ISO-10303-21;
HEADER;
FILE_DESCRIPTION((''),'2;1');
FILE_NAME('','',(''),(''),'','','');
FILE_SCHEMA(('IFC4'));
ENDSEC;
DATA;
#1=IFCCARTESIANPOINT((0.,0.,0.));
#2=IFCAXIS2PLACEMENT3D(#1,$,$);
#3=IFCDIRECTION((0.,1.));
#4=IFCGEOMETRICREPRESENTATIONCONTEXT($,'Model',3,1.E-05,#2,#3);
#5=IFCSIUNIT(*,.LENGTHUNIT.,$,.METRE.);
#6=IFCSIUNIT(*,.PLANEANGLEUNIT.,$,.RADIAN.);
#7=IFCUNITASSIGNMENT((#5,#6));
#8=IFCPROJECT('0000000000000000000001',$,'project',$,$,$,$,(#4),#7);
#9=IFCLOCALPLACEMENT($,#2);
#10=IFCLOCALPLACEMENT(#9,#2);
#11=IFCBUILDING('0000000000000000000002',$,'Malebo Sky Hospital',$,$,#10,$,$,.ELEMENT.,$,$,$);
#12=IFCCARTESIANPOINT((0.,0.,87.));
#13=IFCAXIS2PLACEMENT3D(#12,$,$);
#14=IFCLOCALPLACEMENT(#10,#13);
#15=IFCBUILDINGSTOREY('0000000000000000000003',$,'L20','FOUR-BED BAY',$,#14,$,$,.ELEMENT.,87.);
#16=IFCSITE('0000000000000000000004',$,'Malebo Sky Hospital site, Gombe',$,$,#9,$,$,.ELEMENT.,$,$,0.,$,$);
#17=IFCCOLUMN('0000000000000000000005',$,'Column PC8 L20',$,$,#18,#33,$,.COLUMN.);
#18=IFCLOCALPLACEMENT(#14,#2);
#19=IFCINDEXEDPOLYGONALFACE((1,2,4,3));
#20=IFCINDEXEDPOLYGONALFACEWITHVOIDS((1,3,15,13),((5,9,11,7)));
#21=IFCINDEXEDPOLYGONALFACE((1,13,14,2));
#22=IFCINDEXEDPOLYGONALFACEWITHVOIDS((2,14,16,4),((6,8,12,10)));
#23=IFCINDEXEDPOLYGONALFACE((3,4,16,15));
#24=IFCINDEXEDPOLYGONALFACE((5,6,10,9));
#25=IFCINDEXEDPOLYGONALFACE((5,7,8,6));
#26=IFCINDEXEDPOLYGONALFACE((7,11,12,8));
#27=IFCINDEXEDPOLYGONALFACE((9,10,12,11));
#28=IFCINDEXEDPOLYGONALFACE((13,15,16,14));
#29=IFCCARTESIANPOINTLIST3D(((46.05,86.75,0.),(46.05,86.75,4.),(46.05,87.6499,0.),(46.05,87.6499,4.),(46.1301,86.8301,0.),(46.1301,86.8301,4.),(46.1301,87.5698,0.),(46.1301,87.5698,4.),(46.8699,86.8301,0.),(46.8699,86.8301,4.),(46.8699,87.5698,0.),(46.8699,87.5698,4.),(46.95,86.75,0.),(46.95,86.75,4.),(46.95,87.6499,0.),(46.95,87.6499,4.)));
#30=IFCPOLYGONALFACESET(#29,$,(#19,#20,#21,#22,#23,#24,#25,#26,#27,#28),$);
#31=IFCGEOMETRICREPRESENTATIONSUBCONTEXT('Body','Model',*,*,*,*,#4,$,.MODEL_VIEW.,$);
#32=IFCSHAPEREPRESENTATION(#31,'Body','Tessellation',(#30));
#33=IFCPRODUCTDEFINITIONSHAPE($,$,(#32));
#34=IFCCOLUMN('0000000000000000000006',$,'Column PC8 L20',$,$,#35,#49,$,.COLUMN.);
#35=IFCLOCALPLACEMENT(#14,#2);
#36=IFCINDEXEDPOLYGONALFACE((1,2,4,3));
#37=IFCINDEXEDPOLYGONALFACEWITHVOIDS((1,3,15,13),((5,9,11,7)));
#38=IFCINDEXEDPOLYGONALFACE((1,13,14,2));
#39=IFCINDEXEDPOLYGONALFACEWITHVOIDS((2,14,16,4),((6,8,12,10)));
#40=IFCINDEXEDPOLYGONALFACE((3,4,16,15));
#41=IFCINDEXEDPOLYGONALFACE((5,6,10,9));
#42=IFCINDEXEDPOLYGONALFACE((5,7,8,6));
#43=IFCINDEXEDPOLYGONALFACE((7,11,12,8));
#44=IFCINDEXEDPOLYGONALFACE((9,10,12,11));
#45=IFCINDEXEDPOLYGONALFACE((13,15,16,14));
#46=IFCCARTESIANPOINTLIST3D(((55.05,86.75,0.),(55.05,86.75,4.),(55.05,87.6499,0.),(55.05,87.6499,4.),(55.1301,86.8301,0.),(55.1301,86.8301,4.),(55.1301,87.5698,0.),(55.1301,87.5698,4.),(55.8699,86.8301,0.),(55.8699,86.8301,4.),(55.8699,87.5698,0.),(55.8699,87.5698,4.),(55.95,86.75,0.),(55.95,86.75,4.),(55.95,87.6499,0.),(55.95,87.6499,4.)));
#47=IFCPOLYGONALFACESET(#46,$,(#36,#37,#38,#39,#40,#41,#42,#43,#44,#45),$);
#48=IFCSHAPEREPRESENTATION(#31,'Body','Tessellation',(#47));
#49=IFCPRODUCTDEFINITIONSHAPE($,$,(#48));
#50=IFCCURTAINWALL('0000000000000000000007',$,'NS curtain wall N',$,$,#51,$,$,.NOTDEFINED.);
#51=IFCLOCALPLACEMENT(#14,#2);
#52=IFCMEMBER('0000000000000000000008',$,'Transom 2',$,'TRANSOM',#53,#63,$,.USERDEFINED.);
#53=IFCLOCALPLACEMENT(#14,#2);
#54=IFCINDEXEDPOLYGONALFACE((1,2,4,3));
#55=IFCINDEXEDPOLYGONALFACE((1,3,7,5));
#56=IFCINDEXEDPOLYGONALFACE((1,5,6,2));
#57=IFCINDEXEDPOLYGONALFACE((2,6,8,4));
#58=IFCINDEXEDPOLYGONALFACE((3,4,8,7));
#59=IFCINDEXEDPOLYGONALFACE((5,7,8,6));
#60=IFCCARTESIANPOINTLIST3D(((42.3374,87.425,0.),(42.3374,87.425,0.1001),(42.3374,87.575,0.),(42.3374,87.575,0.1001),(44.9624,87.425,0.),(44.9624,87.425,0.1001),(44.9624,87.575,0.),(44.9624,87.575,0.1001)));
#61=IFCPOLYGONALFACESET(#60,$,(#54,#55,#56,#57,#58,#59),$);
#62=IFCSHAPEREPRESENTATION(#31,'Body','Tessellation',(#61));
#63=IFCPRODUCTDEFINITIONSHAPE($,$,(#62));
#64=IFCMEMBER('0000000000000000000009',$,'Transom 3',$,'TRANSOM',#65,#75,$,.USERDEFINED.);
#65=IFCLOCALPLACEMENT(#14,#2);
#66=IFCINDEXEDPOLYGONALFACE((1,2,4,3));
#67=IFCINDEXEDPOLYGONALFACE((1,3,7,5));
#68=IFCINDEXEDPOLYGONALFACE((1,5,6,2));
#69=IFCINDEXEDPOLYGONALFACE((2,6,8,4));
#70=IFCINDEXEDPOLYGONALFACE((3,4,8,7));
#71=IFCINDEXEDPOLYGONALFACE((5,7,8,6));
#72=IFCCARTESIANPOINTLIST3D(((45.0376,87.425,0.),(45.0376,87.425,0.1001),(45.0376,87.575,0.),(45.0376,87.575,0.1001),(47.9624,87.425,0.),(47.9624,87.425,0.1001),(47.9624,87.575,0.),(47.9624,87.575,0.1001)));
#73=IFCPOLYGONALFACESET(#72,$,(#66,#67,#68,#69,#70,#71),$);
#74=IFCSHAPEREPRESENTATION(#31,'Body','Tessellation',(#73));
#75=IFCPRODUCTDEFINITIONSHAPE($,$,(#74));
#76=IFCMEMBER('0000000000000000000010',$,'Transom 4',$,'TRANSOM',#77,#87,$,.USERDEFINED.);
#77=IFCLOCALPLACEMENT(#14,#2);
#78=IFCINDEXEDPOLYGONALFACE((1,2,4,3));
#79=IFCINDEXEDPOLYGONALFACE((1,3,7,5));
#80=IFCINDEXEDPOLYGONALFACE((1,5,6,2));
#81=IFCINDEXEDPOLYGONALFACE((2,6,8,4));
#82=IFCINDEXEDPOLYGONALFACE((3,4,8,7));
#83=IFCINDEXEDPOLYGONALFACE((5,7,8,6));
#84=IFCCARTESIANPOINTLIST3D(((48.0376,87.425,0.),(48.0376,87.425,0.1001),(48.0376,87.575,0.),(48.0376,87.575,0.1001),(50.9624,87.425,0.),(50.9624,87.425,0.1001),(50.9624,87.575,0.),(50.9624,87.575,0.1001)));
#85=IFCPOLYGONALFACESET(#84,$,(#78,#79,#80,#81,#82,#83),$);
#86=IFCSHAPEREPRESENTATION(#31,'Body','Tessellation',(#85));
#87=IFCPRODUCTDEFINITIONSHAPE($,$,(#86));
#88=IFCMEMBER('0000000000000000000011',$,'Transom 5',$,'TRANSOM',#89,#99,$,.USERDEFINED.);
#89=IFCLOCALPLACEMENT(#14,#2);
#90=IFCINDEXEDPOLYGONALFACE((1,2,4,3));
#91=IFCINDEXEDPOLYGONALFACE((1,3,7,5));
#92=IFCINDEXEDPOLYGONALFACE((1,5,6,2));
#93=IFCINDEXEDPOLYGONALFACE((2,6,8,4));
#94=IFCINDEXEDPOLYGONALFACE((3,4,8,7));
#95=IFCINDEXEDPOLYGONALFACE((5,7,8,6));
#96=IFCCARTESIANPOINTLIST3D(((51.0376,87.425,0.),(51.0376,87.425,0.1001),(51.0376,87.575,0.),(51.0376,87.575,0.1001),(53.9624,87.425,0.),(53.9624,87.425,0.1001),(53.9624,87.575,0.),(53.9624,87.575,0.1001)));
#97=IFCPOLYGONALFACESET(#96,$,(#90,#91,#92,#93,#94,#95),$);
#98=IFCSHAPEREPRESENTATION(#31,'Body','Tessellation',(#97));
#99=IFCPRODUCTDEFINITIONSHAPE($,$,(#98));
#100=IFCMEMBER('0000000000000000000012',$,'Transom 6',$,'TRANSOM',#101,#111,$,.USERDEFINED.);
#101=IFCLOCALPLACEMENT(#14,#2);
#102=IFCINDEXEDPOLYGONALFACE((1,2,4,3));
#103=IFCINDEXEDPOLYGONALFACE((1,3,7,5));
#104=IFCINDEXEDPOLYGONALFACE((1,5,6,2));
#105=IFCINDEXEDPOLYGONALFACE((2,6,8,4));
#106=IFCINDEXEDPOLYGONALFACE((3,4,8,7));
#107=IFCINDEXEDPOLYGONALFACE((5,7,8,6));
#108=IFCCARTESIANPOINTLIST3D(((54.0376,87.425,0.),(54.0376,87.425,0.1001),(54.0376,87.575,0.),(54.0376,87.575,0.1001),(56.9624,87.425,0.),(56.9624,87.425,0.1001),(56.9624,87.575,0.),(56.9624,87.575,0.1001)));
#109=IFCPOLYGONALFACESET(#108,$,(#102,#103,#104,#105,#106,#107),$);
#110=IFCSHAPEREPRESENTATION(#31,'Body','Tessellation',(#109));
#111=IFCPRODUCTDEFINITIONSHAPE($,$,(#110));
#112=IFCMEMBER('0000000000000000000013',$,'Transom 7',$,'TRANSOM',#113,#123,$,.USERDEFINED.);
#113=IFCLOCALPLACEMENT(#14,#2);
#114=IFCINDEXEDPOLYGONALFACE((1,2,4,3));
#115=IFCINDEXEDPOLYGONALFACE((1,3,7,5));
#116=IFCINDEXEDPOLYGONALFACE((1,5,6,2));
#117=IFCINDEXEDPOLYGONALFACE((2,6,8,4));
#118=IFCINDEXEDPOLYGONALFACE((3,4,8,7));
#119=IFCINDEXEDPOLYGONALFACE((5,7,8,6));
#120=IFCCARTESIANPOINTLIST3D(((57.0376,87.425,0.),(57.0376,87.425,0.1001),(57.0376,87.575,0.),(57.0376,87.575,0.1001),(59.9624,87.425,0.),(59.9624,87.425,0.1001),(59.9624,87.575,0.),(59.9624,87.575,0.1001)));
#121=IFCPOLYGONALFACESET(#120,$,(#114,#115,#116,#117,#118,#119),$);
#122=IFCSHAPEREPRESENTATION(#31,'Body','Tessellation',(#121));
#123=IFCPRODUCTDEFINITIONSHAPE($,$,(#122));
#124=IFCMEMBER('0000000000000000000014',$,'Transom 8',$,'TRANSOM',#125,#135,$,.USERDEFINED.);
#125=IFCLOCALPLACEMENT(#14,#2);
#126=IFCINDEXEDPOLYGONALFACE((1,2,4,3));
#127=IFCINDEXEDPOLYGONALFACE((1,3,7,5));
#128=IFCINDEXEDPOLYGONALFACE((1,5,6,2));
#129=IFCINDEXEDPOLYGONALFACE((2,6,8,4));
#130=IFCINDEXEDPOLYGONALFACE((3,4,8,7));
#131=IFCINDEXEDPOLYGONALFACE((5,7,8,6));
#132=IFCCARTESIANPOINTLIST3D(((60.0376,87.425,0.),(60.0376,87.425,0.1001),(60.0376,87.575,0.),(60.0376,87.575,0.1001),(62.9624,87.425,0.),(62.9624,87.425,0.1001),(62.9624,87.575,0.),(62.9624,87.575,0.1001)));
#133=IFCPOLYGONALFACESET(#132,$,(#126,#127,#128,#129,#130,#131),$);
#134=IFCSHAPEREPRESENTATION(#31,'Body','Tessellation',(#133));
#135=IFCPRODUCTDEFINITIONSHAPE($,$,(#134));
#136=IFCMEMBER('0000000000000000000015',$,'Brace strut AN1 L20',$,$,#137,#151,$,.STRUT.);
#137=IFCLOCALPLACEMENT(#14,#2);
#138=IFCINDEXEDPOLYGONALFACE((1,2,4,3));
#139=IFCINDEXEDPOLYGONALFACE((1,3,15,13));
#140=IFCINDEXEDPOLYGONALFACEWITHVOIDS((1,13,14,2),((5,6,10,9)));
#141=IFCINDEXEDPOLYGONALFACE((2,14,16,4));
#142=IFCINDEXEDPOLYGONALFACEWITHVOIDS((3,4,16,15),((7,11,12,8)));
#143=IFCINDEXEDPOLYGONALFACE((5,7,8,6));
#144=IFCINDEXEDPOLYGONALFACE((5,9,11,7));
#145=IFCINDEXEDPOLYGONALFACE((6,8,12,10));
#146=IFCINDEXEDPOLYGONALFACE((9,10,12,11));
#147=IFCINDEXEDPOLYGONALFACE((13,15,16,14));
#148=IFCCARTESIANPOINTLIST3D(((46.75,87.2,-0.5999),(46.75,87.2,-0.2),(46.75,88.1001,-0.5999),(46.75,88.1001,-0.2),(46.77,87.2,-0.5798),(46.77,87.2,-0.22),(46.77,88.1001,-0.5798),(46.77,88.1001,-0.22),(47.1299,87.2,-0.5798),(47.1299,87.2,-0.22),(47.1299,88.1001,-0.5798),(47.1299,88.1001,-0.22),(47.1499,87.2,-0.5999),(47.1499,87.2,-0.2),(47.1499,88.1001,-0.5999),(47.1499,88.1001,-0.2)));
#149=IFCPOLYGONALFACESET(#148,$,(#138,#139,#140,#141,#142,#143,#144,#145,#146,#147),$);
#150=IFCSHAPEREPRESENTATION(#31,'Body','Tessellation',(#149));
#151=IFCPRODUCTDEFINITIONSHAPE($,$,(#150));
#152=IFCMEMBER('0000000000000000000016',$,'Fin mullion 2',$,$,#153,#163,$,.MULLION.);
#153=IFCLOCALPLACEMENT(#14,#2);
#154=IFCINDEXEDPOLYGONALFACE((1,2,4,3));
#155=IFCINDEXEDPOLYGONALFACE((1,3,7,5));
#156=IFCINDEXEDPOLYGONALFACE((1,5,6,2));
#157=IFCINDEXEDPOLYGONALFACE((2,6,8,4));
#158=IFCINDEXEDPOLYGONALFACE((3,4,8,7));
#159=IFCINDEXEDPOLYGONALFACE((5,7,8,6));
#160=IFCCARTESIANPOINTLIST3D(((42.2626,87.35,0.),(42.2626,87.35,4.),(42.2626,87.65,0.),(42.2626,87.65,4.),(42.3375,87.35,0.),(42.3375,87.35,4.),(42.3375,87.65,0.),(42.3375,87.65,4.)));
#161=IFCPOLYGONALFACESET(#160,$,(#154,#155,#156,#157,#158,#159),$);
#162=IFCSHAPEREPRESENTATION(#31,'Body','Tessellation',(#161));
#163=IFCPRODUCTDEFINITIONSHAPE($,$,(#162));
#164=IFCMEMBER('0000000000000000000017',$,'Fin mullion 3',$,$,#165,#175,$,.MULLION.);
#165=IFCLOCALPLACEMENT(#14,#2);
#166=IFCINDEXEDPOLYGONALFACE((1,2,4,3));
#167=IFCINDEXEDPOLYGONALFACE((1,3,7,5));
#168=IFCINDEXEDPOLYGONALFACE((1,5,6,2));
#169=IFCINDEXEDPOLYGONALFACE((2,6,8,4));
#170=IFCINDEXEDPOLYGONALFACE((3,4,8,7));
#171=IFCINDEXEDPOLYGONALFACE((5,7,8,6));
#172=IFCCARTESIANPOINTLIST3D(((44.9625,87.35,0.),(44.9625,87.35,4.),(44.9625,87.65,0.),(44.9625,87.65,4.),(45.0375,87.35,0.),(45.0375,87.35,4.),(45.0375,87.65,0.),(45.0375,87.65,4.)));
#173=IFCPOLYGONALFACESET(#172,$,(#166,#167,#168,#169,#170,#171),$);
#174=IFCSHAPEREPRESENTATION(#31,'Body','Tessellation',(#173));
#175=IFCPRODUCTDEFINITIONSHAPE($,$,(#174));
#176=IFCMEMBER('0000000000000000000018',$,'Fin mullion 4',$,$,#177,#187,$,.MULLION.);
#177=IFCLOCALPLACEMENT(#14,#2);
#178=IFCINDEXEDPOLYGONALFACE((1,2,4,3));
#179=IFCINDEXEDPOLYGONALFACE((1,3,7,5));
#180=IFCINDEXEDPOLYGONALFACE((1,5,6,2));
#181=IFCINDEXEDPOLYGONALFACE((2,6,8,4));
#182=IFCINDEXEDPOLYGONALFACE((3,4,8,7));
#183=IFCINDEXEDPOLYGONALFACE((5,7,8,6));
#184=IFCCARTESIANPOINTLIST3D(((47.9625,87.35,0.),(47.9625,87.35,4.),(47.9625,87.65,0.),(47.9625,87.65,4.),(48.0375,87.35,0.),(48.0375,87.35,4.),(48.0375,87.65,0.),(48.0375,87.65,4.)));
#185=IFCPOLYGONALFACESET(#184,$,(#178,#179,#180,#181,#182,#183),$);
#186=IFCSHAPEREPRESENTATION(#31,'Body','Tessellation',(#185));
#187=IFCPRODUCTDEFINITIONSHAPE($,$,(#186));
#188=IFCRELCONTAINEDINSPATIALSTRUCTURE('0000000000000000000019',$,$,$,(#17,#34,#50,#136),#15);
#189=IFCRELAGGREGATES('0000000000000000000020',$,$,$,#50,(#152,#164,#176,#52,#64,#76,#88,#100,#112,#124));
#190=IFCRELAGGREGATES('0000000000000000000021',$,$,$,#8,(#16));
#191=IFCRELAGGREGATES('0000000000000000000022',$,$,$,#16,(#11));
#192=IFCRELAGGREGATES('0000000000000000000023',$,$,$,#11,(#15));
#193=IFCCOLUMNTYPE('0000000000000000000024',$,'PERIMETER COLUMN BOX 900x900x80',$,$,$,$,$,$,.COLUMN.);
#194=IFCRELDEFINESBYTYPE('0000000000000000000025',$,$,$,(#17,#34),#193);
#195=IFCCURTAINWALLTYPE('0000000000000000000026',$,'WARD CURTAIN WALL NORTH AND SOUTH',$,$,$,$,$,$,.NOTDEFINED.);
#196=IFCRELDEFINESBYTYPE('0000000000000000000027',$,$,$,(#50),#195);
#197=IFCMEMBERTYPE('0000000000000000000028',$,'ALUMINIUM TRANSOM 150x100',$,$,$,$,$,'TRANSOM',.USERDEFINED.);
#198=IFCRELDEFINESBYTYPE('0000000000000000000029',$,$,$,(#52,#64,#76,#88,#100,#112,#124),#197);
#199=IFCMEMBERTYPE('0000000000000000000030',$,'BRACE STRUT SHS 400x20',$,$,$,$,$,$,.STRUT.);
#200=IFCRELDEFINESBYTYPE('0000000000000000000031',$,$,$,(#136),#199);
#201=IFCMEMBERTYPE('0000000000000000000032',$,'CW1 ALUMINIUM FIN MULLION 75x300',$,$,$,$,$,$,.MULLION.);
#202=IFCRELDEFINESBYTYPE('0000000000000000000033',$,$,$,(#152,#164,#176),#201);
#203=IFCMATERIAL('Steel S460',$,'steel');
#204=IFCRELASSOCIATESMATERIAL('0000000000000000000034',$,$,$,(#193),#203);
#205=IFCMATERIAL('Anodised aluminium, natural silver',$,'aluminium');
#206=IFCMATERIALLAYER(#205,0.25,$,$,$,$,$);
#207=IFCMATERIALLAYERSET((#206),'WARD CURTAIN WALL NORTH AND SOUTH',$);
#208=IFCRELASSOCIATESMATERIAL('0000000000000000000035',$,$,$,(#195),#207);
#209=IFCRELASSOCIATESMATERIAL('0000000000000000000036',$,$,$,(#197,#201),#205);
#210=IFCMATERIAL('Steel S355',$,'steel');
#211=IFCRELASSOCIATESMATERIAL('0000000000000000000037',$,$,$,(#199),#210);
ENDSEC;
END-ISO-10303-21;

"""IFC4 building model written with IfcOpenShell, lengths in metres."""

from ifc_helpers import new_model, si_unit, direction, frame, origin, origin_2d, place, context, subcontext, project, spatial, rectangle, hollow_rectangle, extrude, material, layer, layer_set, material_profile, profile_set, type_object, element, aggregate, save


model = new_model("IFC4")

# Units and contexts
model_context = context("Model", 3, precision=1e-05, world=origin(), true_north=direction((0.0, 1.0)))
body_context = subcontext(model_context, "Body", "Model", "MODEL_VIEW")
ifc_project = project(units=[si_unit("LENGTHUNIT", "METRE"), si_unit("PLANEANGLEUNIT", "RADIAN")], contexts=[model_context])

# Site, building, storey
site_placement = place(None, origin())
site = spatial("IfcSite", under=ifc_project, at=site_placement, Name="Malebo Sky Hospital site, Gombe", CompositionType="ELEMENT", RefElevation=0.0)
building_placement = place(site_placement, origin())
building = spatial("IfcBuilding", under=site, at=building_placement, Name="Malebo Sky Hospital", CompositionType="ELEMENT")
storey_placement = place(building_placement, frame((0.0, 0.0, 87.0)))
storey = spatial("IfcBuildingStorey", under=building, at=storey_placement, Name="L20", Description="FOUR-BED BAY", CompositionType="ELEMENT", Elevation=87.0)

# Columns
ifc_material_1 = material(Name="Steel S460", Category="steel")
ifc_material_profile_1 = material_profile(ifc_material_1, hollow_rectangle(XDim=0.8999, YDim=0.8999, WallThickness=0.0801, at=origin_2d()), Name="BOX 900x900x80")
ifc_profile_set_1 = profile_set([ifc_material_profile_1], Name="Steel S460")
column_type = type_object("IfcColumnType", Name="PERIMETER COLUMN BOX 900x900x80", PredefinedType="COLUMN", material=ifc_profile_set_1)
for number, where, z_axis, x_axis, name in (
    (1, (46.5, 87.2, 0.0), (0.0, 0.0, 1.0), (1.0, 0.0, 0.0), "Column PC8 L20"),
    (2, (55.5, 87.2, 0.0), (0.0, 0.0, 1.0), (1.0, 0.0, 0.0), "Column PC8 L20"),
):
    element("IfcColumn", number, at=place(storey_placement, frame(where, z_axis=z_axis, x_axis=x_axis)), inside=storey, type_object=column_type, Name=name, PredefinedType="COLUMN", context=body_context, shape_type="SweptSolid", body=[
        extrude(hollow_rectangle(XDim=0.8999, YDim=0.8999, WallThickness=0.0801, at=origin_2d()), origin(), (0.0, 0.0, 1.0), 4.0),
    ])

# Curtain wall, members
ifc_material_2 = material(Name="Anodised aluminium, natural silver", Category="aluminium")
ifc_layer_1 = layer(ifc_material_2, 0.25)
ifc_layer_set_1 = layer_set([ifc_layer_1], Name="WARD CURTAIN WALL NORTH AND SOUTH")
curtain_wall_type = type_object("IfcCurtainWallType", Name="WARD CURTAIN WALL NORTH AND SOUTH", PredefinedType="NOTDEFINED", material=ifc_layer_set_1)
curtain_wall_placement = place(storey_placement, origin())
curtain_wall = element("IfcCurtainWall", 3, at=curtain_wall_placement, inside=storey, type_object=curtain_wall_type, Name="NS curtain wall N", PredefinedType="NOTDEFINED")
ifc_material_profile_2 = material_profile(ifc_material_2, rectangle(XDim=0.1499, YDim=0.1001, at=origin_2d()), Name="ALUMINIUM TRANSOM 150x100")
ifc_profile_set_2 = profile_set([ifc_material_profile_2], Name="Anodised aluminium, natural silver")
member_type_1 = type_object("IfcMemberType", Name="ALUMINIUM TRANSOM 150x100", ElementType="TRANSOM", PredefinedType="USERDEFINED", material=ifc_profile_set_2)
member_1_placement = place(storey_placement, frame((42.3374, 87.5, 0.05), z_axis=(1.0, 0.0, 0.0), x_axis=(0.0, 1.0, 0.0)))
member_1 = element("IfcMember", 4, at=member_1_placement, type_object=member_type_1, Name="Transom 2", ObjectType="TRANSOM", PredefinedType="USERDEFINED", context=body_context, shape_type="SweptSolid", body=[
    extrude(rectangle(XDim=0.1499, YDim=0.1001, at=origin_2d()), origin(), (0.0, 0.0, 1.0), 2.625),
])
member_2_placement = place(storey_placement, frame((45.0376, 87.5, 0.05), z_axis=(1.0, 0.0, 0.0), x_axis=(0.0, 1.0, 0.0)))
member_2 = element("IfcMember", 5, at=member_2_placement, type_object=member_type_1, Name="Transom 3", ObjectType="TRANSOM", PredefinedType="USERDEFINED", context=body_context, shape_type="SweptSolid", body=[
    extrude(rectangle(XDim=0.1499, YDim=0.1001, at=origin_2d()), origin(), (0.0, 0.0, 1.0), 2.9248),
])
member_3_placement = place(storey_placement, frame((48.0376, 87.5, 0.05), z_axis=(1.0, 0.0, 0.0), x_axis=(0.0, 1.0, 0.0)))
member_3 = element("IfcMember", 6, at=member_3_placement, type_object=member_type_1, Name="Transom 4", ObjectType="TRANSOM", PredefinedType="USERDEFINED", context=body_context, shape_type="SweptSolid", body=[
    extrude(rectangle(XDim=0.1499, YDim=0.1001, at=origin_2d()), origin(), (0.0, 0.0, 1.0), 2.9248),
])
member_4_placement = place(storey_placement, frame((51.0376, 87.5, 0.05), z_axis=(1.0, 0.0, 0.0), x_axis=(0.0, 1.0, 0.0)))
member_4 = element("IfcMember", 7, at=member_4_placement, type_object=member_type_1, Name="Transom 5", ObjectType="TRANSOM", PredefinedType="USERDEFINED", context=body_context, shape_type="SweptSolid", body=[
    extrude(rectangle(XDim=0.1499, YDim=0.1001, at=origin_2d()), origin(), (0.0, 0.0, 1.0), 2.9248),
])
member_5_placement = place(storey_placement, frame((54.0376, 87.5, 0.05), z_axis=(1.0, 0.0, 0.0), x_axis=(0.0, 1.0, 0.0)))
member_5 = element("IfcMember", 8, at=member_5_placement, type_object=member_type_1, Name="Transom 6", ObjectType="TRANSOM", PredefinedType="USERDEFINED", context=body_context, shape_type="SweptSolid", body=[
    extrude(rectangle(XDim=0.1499, YDim=0.1001, at=origin_2d()), origin(), (0.0, 0.0, 1.0), 2.9248),
])
member_6_placement = place(storey_placement, frame((57.0376, 87.5, 0.05), z_axis=(1.0, 0.0, 0.0), x_axis=(0.0, 1.0, 0.0)))
member_6 = element("IfcMember", 9, at=member_6_placement, type_object=member_type_1, Name="Transom 7", ObjectType="TRANSOM", PredefinedType="USERDEFINED", context=body_context, shape_type="SweptSolid", body=[
    extrude(rectangle(XDim=0.1499, YDim=0.1001, at=origin_2d()), origin(), (0.0, 0.0, 1.0), 2.9248),
])
member_7_placement = place(storey_placement, frame((60.0376, 87.5, 0.05), z_axis=(1.0, 0.0, 0.0), x_axis=(0.0, 1.0, 0.0)))
member_7 = element("IfcMember", 10, at=member_7_placement, type_object=member_type_1, Name="Transom 8", ObjectType="TRANSOM", PredefinedType="USERDEFINED", context=body_context, shape_type="SweptSolid", body=[
    extrude(rectangle(XDim=0.1499, YDim=0.1001, at=origin_2d()), origin(), (0.0, 0.0, 1.0), 2.9248),
])

# Members
ifc_material_3 = material(Name="Steel S355", Category="steel")
ifc_material_profile_3 = material_profile(ifc_material_3, hollow_rectangle(XDim=0.3999, YDim=0.3999, WallThickness=0.02, at=origin_2d()), Name="SHS 400x20")
ifc_profile_set_3 = profile_set([ifc_material_profile_3], Name="Steel S355")
member_type_2 = type_object("IfcMemberType", Name="BRACE STRUT SHS 400x20", PredefinedType="STRUT", material=ifc_profile_set_3)
member_8_placement = place(storey_placement, frame((46.95, 88.1001, -0.3999), z_axis=(0.0, -1.0, 0.0), x_axis=(1.0, 0.0, 0.0)))
element("IfcMember", 11, at=member_8_placement, inside=storey, type_object=member_type_2, Name="Brace strut AN1 L20", PredefinedType="STRUT", context=body_context, shape_type="SweptSolid", body=[
    extrude(hollow_rectangle(XDim=0.3999, YDim=0.3999, WallThickness=0.02, at=origin_2d()), origin(), (0.0, 0.0, 1.0), 0.9001),
])
ifc_material_profile_4 = material_profile(ifc_material_2, rectangle(XDim=0.075, YDim=0.3, at=origin_2d()), Name="CW1 ALUMINIUM FIN MULLION 75x300")
ifc_profile_set_4 = profile_set([ifc_material_profile_4], Name="Anodised aluminium, natural silver")
member_type_3 = type_object("IfcMemberType", Name="CW1 ALUMINIUM FIN MULLION 75x300", PredefinedType="MULLION", material=ifc_profile_set_4)
member_9_placement = place(storey_placement, frame((42.3, 87.5, 0.0), z_axis=(0.0, 0.0, 1.0), x_axis=(1.0, 0.0, 0.0)))
member_9 = element("IfcMember", 12, at=member_9_placement, type_object=member_type_3, Name="Fin mullion 2", PredefinedType="MULLION", context=body_context, shape_type="SweptSolid", body=[
    extrude(rectangle(XDim=0.075, YDim=0.3, at=origin_2d()), origin(), (0.0, 0.0, 1.0), 4.0),
])
member_10_placement = place(storey_placement, frame((45.0, 87.5, 0.0), z_axis=(0.0, 0.0, 1.0), x_axis=(1.0, 0.0, 0.0)))
member_10 = element("IfcMember", 13, at=member_10_placement, type_object=member_type_3, Name="Fin mullion 3", PredefinedType="MULLION", context=body_context, shape_type="SweptSolid", body=[
    extrude(rectangle(XDim=0.075, YDim=0.3, at=origin_2d()), origin(), (0.0, 0.0, 1.0), 4.0),
])
member_11_placement = place(storey_placement, frame((48.0, 87.5, 0.0), z_axis=(0.0, 0.0, 1.0), x_axis=(1.0, 0.0, 0.0)))
member_11 = element("IfcMember", 14, at=member_11_placement, type_object=member_type_3, Name="Fin mullion 4", PredefinedType="MULLION", context=body_context, shape_type="SweptSolid", body=[
    extrude(rectangle(XDim=0.075, YDim=0.3, at=origin_2d()), origin(), (0.0, 0.0, 1.0), 4.0),
])

aggregate(curtain_wall, [member_9, member_10, member_11, member_1, member_2, member_3, member_4, member_5, member_6, member_7])

save(model, "model.ifc")
